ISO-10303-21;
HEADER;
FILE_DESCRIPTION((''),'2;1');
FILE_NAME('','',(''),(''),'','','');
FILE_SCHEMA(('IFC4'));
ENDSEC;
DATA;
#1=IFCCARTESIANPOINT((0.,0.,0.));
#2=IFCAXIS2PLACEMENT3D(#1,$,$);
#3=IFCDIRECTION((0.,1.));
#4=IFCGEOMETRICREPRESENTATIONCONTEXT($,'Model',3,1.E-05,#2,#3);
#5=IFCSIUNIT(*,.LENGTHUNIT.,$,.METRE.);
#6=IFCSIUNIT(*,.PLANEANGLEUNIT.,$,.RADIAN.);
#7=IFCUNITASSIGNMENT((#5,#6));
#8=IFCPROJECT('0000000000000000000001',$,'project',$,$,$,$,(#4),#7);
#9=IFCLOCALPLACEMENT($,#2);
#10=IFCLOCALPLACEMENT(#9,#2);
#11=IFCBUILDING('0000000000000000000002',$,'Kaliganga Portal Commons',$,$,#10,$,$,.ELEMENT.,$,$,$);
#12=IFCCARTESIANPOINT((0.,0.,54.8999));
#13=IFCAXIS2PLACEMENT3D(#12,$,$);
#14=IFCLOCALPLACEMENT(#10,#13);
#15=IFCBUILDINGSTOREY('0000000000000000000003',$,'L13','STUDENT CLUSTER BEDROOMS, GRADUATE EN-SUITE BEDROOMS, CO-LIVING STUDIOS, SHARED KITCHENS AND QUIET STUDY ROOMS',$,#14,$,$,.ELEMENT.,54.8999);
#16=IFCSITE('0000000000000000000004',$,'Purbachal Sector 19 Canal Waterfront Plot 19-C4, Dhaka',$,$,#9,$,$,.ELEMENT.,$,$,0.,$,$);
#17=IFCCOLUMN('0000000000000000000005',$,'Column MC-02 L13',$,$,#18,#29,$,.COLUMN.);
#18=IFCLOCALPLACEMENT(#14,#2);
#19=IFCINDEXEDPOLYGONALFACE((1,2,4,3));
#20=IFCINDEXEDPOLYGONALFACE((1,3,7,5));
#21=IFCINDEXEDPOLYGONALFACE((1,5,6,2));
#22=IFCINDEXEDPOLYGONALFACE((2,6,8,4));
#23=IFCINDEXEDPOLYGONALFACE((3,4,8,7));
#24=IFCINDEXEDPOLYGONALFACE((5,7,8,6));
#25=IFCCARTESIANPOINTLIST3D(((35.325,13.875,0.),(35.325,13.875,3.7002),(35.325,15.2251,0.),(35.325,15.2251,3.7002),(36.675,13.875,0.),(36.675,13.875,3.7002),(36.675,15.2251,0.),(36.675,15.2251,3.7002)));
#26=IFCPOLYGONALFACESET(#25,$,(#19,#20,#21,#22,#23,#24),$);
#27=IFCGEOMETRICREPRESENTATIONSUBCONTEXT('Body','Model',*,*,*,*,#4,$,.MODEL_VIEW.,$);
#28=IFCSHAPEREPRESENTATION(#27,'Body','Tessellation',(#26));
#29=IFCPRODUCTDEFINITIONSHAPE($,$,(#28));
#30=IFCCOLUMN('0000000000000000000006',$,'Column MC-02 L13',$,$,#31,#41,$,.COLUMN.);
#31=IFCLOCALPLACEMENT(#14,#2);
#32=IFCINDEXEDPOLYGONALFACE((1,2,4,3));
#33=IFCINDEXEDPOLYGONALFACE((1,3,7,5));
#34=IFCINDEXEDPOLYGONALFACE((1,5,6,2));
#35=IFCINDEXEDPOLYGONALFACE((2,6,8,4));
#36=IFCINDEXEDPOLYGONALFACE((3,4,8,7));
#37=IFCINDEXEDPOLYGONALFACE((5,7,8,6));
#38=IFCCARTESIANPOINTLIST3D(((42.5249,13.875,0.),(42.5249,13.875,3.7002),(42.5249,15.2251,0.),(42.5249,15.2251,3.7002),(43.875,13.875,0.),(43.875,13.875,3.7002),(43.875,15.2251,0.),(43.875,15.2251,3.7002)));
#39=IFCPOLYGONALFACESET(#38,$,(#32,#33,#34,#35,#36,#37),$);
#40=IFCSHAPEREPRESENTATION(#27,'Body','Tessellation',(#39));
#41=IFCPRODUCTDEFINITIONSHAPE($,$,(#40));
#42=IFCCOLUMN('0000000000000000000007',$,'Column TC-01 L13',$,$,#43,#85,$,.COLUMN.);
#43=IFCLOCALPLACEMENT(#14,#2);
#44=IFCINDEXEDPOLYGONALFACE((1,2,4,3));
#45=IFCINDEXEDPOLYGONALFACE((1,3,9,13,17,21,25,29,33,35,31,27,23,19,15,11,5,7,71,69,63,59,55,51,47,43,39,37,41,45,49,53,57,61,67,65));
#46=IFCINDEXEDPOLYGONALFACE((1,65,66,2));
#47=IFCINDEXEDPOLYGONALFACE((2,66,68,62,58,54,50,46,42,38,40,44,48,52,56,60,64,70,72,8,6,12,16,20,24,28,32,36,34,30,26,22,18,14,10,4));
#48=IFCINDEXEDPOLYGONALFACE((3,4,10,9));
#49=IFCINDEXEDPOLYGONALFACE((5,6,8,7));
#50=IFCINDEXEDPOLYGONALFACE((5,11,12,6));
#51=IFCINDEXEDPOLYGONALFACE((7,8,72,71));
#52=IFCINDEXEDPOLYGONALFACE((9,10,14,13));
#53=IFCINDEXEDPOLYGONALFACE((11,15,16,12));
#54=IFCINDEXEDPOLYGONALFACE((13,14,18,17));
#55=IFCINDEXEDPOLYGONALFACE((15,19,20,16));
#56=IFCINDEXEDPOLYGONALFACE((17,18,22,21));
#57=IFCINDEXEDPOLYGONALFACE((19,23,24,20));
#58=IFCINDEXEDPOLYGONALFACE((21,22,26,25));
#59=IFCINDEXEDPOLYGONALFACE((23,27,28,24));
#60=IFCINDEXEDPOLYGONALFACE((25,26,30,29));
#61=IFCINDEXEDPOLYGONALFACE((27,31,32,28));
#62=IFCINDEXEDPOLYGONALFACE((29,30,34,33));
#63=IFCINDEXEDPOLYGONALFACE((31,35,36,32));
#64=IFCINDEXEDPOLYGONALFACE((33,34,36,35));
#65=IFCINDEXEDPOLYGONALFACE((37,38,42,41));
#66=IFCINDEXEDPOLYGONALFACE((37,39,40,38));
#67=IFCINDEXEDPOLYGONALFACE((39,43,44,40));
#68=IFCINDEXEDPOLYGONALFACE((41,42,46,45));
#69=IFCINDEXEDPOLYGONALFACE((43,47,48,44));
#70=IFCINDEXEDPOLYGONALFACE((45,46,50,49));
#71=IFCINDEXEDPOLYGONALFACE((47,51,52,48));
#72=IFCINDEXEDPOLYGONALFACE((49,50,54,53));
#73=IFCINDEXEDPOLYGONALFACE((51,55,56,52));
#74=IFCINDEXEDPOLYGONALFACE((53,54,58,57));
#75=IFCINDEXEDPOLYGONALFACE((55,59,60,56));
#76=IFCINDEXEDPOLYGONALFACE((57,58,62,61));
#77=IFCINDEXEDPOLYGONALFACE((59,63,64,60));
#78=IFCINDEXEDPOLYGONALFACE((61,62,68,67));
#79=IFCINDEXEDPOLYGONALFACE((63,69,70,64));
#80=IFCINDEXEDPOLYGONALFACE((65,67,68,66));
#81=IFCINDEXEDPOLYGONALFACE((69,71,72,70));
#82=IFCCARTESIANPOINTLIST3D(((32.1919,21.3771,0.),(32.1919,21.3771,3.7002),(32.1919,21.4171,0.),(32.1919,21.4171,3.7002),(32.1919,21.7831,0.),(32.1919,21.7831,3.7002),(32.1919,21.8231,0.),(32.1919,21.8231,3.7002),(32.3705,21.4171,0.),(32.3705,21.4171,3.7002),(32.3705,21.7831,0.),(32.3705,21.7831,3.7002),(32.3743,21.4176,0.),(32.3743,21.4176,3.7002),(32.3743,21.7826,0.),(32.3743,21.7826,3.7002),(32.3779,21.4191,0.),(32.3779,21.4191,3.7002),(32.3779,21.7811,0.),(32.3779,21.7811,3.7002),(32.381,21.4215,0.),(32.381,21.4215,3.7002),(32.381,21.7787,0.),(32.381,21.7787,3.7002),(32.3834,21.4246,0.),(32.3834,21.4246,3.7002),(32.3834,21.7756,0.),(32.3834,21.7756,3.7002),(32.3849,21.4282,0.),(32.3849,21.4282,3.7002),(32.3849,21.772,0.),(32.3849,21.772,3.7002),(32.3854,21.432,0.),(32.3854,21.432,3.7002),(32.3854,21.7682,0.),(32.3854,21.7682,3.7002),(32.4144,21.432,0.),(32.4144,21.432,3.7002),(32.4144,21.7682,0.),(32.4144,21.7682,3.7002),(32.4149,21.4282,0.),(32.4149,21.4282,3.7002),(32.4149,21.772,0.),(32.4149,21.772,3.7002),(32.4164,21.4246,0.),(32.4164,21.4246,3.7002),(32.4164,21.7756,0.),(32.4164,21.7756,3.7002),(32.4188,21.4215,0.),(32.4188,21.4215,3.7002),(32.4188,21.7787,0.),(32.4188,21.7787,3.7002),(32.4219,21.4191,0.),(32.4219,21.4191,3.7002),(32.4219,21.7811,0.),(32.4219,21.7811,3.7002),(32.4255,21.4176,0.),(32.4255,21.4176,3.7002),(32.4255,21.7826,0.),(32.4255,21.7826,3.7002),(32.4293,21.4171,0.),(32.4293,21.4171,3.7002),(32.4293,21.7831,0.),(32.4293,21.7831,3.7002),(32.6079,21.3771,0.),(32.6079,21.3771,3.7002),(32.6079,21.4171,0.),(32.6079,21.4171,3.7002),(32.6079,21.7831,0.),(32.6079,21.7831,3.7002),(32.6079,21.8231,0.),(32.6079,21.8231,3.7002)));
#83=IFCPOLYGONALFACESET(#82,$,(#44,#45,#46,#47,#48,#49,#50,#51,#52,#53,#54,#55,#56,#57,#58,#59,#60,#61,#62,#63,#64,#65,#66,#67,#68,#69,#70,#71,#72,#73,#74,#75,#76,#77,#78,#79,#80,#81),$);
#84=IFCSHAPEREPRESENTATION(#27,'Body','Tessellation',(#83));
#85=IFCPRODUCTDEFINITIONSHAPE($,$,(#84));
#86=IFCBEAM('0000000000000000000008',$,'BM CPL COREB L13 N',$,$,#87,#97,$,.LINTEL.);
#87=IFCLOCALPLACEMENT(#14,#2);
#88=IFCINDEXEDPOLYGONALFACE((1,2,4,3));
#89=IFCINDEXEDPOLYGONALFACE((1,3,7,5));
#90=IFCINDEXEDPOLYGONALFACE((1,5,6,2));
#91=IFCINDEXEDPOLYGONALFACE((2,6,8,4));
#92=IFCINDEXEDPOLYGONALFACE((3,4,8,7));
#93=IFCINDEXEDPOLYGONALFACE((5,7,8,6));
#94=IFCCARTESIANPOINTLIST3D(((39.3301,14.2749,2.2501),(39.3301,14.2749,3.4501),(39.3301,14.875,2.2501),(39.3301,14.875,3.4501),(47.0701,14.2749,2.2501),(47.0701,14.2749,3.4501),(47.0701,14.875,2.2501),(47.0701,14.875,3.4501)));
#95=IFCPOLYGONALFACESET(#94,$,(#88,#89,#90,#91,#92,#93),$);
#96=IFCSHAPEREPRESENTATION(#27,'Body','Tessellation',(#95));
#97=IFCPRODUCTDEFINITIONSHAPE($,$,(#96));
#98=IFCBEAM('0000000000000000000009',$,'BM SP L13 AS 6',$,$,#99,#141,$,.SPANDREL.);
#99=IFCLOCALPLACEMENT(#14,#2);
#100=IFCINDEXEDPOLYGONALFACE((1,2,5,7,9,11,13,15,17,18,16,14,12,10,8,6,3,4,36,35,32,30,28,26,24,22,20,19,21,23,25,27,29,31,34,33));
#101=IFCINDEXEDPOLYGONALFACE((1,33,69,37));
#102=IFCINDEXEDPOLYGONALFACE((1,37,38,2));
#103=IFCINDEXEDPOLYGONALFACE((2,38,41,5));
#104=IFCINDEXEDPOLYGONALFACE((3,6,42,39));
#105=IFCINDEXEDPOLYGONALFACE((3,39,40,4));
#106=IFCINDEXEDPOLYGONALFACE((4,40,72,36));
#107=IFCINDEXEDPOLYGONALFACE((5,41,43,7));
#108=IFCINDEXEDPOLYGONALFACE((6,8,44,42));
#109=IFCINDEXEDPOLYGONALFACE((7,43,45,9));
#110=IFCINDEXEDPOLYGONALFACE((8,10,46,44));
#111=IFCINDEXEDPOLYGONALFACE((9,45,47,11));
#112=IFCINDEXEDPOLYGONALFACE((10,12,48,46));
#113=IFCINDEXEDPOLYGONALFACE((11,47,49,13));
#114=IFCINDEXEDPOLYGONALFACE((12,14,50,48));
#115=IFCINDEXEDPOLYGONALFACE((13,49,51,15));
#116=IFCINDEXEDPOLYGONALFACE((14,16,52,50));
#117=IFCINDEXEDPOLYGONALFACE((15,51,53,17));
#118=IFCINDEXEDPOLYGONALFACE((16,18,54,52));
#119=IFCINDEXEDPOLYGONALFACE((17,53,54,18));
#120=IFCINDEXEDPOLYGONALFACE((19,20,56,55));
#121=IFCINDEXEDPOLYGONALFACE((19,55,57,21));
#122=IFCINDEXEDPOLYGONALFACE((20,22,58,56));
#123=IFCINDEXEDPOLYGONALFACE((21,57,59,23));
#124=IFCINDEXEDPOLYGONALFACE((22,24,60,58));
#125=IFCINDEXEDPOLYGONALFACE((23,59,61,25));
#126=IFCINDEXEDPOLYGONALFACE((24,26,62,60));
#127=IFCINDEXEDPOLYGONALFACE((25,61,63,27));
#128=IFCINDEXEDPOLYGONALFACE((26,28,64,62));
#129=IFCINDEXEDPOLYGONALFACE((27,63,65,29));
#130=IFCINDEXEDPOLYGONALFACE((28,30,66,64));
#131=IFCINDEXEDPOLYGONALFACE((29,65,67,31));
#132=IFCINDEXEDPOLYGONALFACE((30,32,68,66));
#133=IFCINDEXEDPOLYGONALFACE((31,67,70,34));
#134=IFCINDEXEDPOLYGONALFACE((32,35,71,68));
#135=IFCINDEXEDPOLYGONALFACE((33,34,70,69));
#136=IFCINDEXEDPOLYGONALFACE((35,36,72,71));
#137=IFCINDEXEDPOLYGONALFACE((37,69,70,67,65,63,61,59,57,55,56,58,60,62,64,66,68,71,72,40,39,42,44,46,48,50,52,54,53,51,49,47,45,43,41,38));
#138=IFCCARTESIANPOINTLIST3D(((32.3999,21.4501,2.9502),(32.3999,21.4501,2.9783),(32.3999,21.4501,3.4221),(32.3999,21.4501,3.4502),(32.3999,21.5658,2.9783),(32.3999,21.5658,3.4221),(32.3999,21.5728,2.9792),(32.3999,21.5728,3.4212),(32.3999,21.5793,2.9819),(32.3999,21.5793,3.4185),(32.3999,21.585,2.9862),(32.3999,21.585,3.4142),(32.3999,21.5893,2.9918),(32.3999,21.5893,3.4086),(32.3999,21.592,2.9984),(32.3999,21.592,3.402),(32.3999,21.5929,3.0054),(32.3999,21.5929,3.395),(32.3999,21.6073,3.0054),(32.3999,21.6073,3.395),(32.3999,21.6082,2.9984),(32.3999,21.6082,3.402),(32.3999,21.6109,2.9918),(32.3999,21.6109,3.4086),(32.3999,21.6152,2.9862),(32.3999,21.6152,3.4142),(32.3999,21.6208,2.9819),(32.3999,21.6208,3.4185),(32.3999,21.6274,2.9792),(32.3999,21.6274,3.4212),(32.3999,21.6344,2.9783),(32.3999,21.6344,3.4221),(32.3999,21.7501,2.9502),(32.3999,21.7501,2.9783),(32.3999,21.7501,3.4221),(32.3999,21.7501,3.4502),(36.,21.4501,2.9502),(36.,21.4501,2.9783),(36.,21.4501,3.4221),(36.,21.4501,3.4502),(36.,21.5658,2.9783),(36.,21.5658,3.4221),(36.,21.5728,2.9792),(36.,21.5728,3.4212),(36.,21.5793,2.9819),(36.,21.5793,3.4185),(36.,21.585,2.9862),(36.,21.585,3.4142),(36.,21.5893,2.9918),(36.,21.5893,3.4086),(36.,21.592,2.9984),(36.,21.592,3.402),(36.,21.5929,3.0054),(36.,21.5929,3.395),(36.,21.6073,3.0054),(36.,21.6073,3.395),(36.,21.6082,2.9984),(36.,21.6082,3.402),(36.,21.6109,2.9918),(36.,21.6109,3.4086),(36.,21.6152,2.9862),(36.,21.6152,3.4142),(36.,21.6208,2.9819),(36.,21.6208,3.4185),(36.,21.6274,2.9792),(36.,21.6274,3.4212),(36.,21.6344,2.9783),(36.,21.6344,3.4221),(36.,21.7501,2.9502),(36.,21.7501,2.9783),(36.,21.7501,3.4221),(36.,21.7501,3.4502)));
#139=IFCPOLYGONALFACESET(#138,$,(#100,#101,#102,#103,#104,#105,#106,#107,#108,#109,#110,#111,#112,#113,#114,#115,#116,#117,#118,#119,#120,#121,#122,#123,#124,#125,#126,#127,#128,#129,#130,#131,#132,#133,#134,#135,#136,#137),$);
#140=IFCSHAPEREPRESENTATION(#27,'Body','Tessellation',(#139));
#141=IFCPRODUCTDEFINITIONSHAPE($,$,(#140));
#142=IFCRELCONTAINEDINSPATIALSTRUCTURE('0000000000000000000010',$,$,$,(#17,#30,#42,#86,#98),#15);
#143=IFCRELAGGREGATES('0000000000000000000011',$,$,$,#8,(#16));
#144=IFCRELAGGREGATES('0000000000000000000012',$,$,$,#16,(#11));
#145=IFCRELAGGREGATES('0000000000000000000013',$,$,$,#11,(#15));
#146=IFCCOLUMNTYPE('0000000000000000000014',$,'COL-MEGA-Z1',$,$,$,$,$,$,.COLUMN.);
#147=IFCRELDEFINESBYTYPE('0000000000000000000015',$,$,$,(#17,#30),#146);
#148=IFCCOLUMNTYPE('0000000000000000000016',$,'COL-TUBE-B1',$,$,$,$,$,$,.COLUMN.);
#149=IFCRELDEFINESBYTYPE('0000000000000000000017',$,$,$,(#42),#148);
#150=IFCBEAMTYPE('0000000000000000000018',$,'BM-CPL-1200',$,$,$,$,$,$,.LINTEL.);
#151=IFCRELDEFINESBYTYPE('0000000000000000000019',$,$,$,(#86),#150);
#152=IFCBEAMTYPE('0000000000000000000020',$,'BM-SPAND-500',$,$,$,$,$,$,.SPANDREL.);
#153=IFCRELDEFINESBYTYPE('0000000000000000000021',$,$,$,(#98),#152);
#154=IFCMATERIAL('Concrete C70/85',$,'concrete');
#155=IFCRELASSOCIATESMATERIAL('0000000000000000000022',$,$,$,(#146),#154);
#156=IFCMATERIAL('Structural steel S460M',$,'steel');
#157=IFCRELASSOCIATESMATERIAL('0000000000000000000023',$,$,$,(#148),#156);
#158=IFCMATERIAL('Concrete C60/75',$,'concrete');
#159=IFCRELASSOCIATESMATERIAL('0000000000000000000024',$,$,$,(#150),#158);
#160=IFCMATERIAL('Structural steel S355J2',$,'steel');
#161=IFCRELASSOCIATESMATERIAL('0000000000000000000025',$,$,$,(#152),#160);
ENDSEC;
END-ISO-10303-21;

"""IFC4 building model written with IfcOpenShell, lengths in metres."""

from ifc_helpers import new_model, si_unit, direction, frame, origin, origin_2d, place, context, subcontext, project, spatial, rectangle, i_section, extrude, source, transform, mapped, material, material_profile, profile_set, type_object, element, save


model = new_model("IFC4")

# Units and contexts
model_context = context("Model", 3, precision=1e-05, world=origin(), true_north=direction((0.0, 1.0)))
body_context = subcontext(model_context, "Body", "Model", "MODEL_VIEW")
ifc_project = project(units=[si_unit("LENGTHUNIT", "METRE"), si_unit("PLANEANGLEUNIT", "RADIAN")], contexts=[model_context])

# Site, building, storey
site_placement = place(None, origin())
site = spatial("IfcSite", under=ifc_project, at=site_placement, Name="Purbachal Sector 19 Canal Waterfront Plot 19-C4, Dhaka", CompositionType="ELEMENT", RefElevation=0.0)
building_placement = place(site_placement, origin())
building = spatial("IfcBuilding", under=site, at=building_placement, Name="Kaliganga Portal Commons", CompositionType="ELEMENT")
storey_placement = place(building_placement, frame((0.0, 0.0, 54.8999)))
storey = spatial("IfcBuildingStorey", under=building, at=storey_placement, Name="L13", Description="STUDENT CLUSTER BEDROOMS, GRADUATE EN-SUITE BEDROOMS, CO-LIVING STUDIOS, SHARED KITCHENS AND QUIET STUDY ROOMS", CompositionType="ELEMENT", Elevation=54.8999)

# Columns
ifc_material_1 = material(Name="Concrete C70/85", Category="concrete")
ifc_material_profile_1 = material_profile(ifc_material_1, rectangle(XDim=1.3501, YDim=1.3501, at=origin_2d()), Name="RC 1350x1350")
ifc_profile_set_1 = profile_set([ifc_material_profile_1], Name="Concrete C70/85")
column_type_1 = type_object("IfcColumnType", Name="COL-MEGA-Z1", PredefinedType="COLUMN", material=ifc_profile_set_1)
shared_shape_1 = source(origin(), body_context, "Body", "SweptSolid", [
    extrude(rectangle(XDim=1.3501, YDim=1.3501, at=origin_2d()), origin(), (0.0, 0.0, 1.0), 3.7002),
])
for number, where, z_axis, x_axis, name in (
    (1, (36.0, 14.55, 0.0), (0.0, 0.0, 1.0), (1.0, 0.0, 0.0), "Column MC-02 L13"),
    (2, (43.2, 14.55, 0.0), (0.0, 0.0, 1.0), (1.0, 0.0, 0.0), "Column MC-02 L13"),
):
    element("IfcColumn", number, at=place(storey_placement, frame(where, z_axis=z_axis, x_axis=x_axis)), inside=storey, type_object=column_type_1, Name=name, PredefinedType="COLUMN", context=body_context, shape_type="MappedRepresentation", body=[
        mapped(shared_shape_1, transform((0.0, 0.0, 0.0), x_axis=(1.0, 0.0, 0.0), y_axis=(0.0, 1.0, 0.0), z_axis=(0.0, 0.0, 1.0), scale=1.0)),
    ])
ifc_material_2 = material(Name="Structural steel S460M", Category="steel")
ifc_material_profile_2 = material_profile(ifc_material_2, i_section(OverallWidth=0.416, OverallDepth=0.446, WebThickness=0.0291, FlangeThickness=0.04, FilletRadius=0.0149, at=origin_2d()), Name="HD 400x509")
ifc_profile_set_2 = profile_set([ifc_material_profile_2], Name="Structural steel S460M wide-flange")
column_type_2 = type_object("IfcColumnType", Name="COL-TUBE-B1", PredefinedType="COLUMN", material=ifc_profile_set_2)
shared_shape_2 = source(origin(), body_context, "Body", "SweptSolid", [
    extrude(i_section(OverallWidth=0.416, OverallDepth=0.446, WebThickness=0.0291, FlangeThickness=0.04, FilletRadius=0.0149, at=origin_2d()), origin(), (0.0, 0.0, 1.0), 3.7002),
])
column_placement = place(storey_placement, frame((32.3999, 21.6001, 0.0), z_axis=(0.0, 0.0, 1.0), x_axis=(1.0, 0.0, 0.0)))
element("IfcColumn", 3, at=column_placement, inside=storey, type_object=column_type_2, Name="Column TC-01 L13", PredefinedType="COLUMN", context=body_context, shape_type="MappedRepresentation", body=[
    mapped(shared_shape_2, transform((0.0, 0.0, 0.0), x_axis=(1.0, 0.0, 0.0), y_axis=(0.0, 1.0, 0.0), z_axis=(0.0, 0.0, 1.0), scale=1.0)),
])

# Beams
ifc_material_3 = material(Name="Concrete C60/75", Category="concrete")
ifc_material_profile_3 = material_profile(ifc_material_3, rectangle(XDim=0.6001, YDim=1.2, at=origin_2d()), Name="RC 600x1200")
ifc_profile_set_3 = profile_set([ifc_material_profile_3], Name="Concrete C60/75")
beam_type_1 = type_object("IfcBeamType", Name="BM-CPL-1200", PredefinedType="LINTEL", material=ifc_profile_set_3)
shared_shape_3 = source(origin(), body_context, "Body", "SweptSolid", [
    extrude(rectangle(XDim=0.6001, YDim=1.2, at=origin_2d()), origin(), (0.0, 0.0, 1.0), 7.74),
])
beam_1_placement = place(storey_placement, frame((39.3301, 14.575, 2.8501), z_axis=(1.0, 0.0, 0.0), x_axis=(0.0, 1.0, 0.0)))
element("IfcBeam", 4, at=beam_1_placement, inside=storey, type_object=beam_type_1, Name="BM CPL COREB L13 N", PredefinedType="LINTEL", context=body_context, shape_type="MappedRepresentation", body=[
    mapped(shared_shape_3, transform((0.0, 0.0, 0.0), x_axis=(1.0, 0.0, 0.0), y_axis=(0.0, 1.0, 0.0), z_axis=(0.0, 0.0, 1.0), scale=1.0)),
])
ifc_material_4 = material(Name="Structural steel S355J2", Category="steel")
ifc_material_profile_4 = material_profile(ifc_material_4, i_section(OverallWidth=0.3, OverallDepth=0.5, WebThickness=0.0144, FlangeThickness=0.0281, FilletRadius=0.0271, at=origin_2d()), Name="HE 500 B")
ifc_profile_set_4 = profile_set([ifc_material_profile_4], Name="Structural steel S355J2 wide-flange")
beam_type_2 = type_object("IfcBeamType", Name="BM-SPAND-500", PredefinedType="SPANDREL", material=ifc_profile_set_4)
shared_shape_4 = source(origin(), body_context, "Body", "SweptSolid", [
    extrude(i_section(OverallWidth=0.3, OverallDepth=0.5, WebThickness=0.0144, FlangeThickness=0.0281, FilletRadius=0.0271, at=origin_2d()), origin(), (0.0, 0.0, 1.0), 3.6001),
])
beam_2_placement = place(storey_placement, frame((32.3999, 21.6001, 3.2002), z_axis=(1.0, 0.0, 0.0), x_axis=(0.0, 1.0, 0.0)))
element("IfcBeam", 5, at=beam_2_placement, inside=storey, type_object=beam_type_2, Name="BM SP L13 AS 6", PredefinedType="SPANDREL", context=body_context, shape_type="MappedRepresentation", body=[
    mapped(shared_shape_4, transform((0.0, 0.0, 0.0), x_axis=(1.0, 0.0, 0.0), y_axis=(0.0, 1.0, 0.0), z_axis=(0.0, 0.0, 1.0), scale=1.0)),
])

save(model, "model.ifc")
